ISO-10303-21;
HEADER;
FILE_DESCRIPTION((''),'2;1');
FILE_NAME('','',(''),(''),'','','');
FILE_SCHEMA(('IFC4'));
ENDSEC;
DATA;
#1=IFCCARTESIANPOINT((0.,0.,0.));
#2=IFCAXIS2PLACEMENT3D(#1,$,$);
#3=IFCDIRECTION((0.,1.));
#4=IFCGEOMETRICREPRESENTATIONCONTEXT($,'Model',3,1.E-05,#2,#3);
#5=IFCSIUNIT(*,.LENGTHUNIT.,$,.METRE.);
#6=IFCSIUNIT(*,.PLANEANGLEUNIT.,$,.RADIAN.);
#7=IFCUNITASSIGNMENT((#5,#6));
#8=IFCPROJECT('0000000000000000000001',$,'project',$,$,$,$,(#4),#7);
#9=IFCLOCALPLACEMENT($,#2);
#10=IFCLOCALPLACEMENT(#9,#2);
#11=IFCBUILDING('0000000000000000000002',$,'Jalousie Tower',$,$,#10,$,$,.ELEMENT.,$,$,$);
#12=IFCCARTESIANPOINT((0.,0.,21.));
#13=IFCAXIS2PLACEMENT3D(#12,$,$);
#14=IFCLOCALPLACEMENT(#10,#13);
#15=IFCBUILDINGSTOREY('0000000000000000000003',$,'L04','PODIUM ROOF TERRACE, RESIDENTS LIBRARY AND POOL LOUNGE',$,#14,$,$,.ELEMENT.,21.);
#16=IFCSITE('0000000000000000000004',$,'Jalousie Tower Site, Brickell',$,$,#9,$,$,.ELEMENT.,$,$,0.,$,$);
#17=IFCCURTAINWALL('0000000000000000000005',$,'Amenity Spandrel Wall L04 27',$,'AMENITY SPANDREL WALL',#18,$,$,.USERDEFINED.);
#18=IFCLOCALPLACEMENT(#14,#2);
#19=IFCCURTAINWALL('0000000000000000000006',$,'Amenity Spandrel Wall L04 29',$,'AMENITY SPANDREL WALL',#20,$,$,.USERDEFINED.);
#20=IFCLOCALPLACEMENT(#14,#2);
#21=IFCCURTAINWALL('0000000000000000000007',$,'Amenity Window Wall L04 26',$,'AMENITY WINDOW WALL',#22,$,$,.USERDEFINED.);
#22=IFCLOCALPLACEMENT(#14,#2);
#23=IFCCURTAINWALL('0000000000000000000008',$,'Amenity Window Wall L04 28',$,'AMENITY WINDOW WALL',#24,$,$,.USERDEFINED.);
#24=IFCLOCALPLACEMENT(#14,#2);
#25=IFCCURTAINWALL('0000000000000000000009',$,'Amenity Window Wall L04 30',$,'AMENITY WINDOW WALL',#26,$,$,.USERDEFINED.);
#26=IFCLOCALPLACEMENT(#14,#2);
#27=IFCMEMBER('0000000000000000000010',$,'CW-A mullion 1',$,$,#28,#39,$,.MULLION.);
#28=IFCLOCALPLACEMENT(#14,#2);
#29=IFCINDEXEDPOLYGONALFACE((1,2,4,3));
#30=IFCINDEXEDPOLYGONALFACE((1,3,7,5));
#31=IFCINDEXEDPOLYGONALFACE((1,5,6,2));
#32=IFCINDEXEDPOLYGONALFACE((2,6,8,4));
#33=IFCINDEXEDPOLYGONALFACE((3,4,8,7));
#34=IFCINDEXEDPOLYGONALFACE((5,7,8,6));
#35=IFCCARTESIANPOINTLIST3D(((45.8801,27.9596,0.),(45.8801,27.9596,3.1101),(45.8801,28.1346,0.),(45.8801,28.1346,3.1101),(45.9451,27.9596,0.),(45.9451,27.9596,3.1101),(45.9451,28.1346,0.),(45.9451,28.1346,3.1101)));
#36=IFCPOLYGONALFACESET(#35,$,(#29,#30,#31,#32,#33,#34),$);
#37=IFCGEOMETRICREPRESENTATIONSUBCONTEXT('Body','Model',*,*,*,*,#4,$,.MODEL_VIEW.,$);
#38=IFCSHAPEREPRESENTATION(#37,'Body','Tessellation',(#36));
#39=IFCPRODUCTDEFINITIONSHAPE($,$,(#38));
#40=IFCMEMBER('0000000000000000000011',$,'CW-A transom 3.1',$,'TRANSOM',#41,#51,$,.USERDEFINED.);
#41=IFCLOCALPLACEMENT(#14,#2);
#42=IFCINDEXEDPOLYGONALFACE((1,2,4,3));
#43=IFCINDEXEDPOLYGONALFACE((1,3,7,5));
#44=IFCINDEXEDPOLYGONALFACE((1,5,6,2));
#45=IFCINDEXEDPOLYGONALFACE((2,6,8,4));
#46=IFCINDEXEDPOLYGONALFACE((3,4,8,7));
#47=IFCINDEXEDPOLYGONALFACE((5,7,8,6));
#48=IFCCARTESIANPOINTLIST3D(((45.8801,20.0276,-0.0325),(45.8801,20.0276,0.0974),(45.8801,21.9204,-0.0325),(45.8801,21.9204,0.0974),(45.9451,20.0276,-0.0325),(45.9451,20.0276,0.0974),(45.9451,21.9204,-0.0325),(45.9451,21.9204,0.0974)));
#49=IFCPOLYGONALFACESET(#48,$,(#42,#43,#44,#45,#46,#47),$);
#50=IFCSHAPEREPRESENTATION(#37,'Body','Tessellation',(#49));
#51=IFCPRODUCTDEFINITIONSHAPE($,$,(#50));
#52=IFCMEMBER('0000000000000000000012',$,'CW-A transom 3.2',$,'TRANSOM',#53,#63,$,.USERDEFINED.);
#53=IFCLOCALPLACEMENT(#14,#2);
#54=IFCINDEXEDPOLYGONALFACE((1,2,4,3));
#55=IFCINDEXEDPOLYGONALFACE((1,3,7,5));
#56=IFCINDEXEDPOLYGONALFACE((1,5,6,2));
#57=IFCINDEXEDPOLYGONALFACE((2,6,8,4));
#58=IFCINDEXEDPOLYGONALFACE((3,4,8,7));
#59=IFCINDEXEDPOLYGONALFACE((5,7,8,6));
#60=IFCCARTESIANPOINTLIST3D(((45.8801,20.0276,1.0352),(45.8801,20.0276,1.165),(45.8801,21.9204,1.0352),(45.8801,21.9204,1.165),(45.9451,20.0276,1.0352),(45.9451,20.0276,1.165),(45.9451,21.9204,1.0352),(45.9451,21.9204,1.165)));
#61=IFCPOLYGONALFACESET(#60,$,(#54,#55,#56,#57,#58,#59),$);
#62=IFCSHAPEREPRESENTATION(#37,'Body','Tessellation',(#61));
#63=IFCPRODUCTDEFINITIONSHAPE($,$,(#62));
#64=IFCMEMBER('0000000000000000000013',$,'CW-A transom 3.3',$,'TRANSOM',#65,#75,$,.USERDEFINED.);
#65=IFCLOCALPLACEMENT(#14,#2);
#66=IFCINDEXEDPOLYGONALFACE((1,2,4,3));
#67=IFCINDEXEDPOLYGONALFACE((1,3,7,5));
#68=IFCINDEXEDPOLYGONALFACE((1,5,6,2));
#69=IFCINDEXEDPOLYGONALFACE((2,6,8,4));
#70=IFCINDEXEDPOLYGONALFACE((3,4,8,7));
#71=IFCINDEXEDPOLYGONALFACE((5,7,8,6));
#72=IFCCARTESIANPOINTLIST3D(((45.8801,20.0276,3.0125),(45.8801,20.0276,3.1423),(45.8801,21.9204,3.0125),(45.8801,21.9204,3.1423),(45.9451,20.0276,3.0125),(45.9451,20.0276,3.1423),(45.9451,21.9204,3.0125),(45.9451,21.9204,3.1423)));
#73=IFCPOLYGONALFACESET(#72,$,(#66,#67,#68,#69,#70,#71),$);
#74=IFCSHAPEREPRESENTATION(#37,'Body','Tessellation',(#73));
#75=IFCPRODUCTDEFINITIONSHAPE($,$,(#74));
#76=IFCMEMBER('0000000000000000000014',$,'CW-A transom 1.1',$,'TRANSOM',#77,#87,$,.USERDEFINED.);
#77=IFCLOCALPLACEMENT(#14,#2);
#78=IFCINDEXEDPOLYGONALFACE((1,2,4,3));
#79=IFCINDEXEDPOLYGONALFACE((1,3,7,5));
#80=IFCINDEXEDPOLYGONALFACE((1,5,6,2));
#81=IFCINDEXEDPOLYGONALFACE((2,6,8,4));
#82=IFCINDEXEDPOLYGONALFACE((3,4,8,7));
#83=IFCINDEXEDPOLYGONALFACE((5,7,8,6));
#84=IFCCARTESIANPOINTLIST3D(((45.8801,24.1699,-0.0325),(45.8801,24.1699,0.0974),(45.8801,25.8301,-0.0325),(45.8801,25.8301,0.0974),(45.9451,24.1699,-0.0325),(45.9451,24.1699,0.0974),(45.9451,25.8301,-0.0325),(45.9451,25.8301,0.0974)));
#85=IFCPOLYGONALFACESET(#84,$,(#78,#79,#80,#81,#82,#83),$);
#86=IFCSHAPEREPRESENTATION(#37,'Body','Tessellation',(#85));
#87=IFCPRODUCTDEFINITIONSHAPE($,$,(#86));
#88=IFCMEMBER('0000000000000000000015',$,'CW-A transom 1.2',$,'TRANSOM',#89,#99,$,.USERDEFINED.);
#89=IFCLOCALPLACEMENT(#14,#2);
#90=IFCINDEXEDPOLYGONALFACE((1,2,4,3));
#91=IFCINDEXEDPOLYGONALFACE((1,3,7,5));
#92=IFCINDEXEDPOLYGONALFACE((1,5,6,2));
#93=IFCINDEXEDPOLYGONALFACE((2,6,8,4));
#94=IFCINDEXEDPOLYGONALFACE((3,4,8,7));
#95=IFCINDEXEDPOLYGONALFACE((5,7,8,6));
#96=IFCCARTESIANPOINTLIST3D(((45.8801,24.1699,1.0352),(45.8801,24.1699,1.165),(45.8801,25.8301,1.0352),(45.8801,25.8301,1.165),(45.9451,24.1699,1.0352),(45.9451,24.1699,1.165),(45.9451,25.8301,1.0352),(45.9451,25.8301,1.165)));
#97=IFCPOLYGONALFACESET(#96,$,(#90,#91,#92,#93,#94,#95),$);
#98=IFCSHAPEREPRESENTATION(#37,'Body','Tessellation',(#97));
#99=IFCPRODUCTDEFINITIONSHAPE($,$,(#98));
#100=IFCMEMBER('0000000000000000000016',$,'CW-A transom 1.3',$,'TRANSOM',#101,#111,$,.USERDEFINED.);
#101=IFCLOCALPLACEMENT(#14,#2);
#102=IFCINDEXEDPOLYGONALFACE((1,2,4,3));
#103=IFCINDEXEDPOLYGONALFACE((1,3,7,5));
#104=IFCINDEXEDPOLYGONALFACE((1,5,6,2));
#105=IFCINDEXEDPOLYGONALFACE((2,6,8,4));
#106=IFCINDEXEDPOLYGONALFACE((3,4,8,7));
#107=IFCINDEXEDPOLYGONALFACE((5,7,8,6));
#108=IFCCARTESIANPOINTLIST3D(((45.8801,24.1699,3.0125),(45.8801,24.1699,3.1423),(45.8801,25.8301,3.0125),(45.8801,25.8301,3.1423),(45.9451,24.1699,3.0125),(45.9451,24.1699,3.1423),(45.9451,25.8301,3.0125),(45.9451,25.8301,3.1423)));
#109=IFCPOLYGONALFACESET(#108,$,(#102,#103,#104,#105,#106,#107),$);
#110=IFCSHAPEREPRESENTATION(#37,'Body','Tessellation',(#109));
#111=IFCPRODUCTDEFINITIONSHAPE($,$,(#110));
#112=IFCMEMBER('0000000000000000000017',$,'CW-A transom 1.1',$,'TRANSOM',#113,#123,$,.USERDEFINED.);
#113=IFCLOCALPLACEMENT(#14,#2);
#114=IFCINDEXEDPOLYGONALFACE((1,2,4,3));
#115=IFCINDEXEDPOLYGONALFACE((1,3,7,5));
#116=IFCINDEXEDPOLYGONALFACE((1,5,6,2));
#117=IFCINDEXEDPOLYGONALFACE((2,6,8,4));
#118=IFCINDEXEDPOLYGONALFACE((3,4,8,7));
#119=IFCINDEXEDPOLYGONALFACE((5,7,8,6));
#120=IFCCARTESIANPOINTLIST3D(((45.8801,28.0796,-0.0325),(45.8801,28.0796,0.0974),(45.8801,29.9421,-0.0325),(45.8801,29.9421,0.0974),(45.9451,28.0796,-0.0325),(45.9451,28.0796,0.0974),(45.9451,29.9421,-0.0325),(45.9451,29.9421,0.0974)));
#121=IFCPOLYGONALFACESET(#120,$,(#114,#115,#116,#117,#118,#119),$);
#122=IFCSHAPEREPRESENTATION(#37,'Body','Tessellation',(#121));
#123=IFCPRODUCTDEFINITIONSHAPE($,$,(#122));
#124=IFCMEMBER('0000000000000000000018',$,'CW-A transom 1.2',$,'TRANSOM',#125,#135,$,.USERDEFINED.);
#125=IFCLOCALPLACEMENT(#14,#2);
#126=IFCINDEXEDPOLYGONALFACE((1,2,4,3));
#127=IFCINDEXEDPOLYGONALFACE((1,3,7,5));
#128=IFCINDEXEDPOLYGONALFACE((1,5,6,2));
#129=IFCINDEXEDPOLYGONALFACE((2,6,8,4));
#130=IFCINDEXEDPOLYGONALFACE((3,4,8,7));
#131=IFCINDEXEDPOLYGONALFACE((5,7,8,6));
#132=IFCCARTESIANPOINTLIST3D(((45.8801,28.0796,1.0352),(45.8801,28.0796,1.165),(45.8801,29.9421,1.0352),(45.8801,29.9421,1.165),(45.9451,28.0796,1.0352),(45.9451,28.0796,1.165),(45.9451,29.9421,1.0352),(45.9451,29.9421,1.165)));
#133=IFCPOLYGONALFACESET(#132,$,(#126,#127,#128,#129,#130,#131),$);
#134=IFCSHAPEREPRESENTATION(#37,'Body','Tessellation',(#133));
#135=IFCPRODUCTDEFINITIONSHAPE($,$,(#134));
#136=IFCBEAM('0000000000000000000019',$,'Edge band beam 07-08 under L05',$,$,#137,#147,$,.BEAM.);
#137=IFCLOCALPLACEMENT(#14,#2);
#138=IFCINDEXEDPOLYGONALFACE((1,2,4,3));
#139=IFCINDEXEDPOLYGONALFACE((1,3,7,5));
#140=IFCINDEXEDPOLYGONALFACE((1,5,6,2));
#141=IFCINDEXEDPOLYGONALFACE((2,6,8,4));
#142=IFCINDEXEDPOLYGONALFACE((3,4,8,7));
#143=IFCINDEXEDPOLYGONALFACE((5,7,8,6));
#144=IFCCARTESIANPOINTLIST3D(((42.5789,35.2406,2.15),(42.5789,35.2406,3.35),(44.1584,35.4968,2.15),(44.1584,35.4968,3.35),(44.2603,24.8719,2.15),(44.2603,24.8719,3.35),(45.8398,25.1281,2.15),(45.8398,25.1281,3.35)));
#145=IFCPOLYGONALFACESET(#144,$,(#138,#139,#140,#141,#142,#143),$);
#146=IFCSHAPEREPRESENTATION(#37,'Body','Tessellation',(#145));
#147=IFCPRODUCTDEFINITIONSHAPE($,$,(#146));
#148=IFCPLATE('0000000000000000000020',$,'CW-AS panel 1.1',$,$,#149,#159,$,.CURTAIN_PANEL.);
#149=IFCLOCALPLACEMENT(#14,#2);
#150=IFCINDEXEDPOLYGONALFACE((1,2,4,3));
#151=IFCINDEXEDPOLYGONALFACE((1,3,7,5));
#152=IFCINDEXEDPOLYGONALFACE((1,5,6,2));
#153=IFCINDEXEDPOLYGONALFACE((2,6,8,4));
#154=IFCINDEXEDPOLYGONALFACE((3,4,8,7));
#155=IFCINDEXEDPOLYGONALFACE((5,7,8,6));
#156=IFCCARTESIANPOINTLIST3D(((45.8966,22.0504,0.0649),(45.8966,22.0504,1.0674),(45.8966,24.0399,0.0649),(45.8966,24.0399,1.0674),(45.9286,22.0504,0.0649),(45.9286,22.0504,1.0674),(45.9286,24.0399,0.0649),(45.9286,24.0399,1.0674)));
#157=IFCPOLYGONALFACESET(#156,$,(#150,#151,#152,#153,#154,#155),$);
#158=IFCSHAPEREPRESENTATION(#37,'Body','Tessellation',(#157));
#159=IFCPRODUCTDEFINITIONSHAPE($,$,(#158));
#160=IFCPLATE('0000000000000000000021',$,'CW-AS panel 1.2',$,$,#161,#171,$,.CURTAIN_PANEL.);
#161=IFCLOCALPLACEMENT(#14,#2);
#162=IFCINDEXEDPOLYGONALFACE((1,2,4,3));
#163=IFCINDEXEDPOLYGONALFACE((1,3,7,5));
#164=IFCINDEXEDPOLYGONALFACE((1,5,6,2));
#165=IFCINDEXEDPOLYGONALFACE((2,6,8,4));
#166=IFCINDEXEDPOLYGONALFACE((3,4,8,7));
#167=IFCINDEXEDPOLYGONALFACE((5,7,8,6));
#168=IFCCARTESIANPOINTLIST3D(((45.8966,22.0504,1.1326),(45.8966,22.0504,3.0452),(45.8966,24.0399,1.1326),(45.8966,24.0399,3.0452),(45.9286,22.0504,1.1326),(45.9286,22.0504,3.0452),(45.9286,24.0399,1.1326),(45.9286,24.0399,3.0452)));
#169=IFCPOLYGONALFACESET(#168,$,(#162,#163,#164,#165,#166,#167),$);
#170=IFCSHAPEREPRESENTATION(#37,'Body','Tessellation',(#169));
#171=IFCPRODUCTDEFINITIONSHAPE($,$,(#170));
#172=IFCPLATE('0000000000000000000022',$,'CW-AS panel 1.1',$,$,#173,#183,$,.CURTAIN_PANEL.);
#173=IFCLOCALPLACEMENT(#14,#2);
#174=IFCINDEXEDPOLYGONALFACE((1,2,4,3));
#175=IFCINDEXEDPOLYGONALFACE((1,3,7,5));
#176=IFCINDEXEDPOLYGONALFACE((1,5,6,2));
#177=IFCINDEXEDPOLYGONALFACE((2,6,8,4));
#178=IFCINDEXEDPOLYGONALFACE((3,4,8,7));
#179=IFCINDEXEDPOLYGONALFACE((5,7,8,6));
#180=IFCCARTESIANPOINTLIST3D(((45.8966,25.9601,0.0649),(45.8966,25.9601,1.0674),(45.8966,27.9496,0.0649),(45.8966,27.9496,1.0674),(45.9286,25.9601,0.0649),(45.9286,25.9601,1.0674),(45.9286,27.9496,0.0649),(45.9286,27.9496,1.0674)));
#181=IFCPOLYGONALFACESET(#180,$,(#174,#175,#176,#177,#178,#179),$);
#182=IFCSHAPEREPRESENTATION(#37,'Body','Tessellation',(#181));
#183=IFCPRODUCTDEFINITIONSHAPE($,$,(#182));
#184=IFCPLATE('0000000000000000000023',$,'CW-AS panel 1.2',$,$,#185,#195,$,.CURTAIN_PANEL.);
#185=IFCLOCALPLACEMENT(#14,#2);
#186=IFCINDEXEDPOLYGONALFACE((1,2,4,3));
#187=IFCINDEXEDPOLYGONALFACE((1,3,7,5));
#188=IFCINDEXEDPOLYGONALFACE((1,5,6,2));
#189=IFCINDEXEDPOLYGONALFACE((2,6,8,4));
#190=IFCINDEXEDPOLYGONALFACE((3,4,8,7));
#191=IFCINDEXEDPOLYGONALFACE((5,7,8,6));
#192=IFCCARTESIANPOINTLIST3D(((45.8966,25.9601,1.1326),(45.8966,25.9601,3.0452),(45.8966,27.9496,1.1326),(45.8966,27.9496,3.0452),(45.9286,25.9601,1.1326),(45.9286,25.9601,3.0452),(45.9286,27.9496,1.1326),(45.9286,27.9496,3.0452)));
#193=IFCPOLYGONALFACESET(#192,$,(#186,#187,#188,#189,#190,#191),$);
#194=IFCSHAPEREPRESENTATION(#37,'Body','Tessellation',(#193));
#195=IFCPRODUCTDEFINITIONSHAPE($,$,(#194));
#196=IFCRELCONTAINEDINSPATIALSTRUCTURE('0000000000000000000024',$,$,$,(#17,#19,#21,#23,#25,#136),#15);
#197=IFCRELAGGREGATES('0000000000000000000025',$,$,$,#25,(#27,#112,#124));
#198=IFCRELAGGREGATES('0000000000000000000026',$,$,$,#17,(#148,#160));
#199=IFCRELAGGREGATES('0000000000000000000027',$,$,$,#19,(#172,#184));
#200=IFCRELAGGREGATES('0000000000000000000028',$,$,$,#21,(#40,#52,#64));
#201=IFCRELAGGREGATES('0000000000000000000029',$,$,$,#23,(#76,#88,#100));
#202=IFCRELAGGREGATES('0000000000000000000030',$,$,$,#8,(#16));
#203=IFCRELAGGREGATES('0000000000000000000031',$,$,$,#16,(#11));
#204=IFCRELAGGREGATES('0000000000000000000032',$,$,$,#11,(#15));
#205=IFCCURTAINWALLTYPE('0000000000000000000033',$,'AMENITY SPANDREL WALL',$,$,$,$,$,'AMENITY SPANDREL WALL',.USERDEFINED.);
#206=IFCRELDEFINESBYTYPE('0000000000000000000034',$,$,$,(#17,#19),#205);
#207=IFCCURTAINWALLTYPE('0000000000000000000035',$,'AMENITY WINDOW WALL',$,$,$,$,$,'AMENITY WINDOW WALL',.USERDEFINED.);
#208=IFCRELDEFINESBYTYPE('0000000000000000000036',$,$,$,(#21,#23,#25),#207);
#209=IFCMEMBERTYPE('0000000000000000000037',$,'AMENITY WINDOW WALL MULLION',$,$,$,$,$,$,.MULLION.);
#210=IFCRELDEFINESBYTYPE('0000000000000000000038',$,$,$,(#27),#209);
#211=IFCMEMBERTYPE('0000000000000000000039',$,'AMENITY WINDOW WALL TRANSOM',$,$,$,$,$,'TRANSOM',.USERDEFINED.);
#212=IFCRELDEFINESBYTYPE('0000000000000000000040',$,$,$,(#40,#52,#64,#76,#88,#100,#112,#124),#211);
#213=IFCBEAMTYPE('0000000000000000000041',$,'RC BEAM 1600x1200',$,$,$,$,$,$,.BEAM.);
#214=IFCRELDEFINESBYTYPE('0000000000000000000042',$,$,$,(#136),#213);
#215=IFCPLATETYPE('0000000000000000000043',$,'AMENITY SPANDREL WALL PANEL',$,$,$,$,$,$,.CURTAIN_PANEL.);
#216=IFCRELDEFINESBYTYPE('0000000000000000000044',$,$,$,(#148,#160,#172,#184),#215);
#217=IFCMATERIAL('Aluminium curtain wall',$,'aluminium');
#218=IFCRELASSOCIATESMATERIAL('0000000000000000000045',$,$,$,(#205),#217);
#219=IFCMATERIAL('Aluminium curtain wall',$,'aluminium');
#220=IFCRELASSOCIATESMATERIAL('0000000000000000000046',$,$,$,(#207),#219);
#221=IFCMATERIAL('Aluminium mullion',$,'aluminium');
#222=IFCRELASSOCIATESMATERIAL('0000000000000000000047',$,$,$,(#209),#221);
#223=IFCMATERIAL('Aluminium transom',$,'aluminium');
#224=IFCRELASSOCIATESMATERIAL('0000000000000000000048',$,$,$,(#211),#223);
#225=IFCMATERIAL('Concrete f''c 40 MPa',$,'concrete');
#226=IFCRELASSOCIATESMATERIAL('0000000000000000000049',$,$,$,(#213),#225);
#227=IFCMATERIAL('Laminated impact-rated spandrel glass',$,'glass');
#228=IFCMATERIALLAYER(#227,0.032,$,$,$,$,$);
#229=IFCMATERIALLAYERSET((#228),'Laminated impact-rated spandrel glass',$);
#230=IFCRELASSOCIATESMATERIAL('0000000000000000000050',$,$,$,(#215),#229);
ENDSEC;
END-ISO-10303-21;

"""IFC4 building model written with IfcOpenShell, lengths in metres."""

from ifc_helpers import new_model, si_unit, direction, frame, origin, origin_2d, place, context, subcontext, project, spatial, rectangle, extrude, material, layer, layer_set, material_profile, profile_set, type_object, element, aggregate, save


model = new_model("IFC4")

# Units and contexts
model_context = context("Model", 3, precision=1e-05, world=origin(), true_north=direction((0.0, 1.0)))
body_context = subcontext(model_context, "Body", "Model", "MODEL_VIEW")
ifc_project = project(units=[si_unit("LENGTHUNIT", "METRE"), si_unit("PLANEANGLEUNIT", "RADIAN")], contexts=[model_context])

# Site, building, storey
site_placement = place(None, origin())
site = spatial("IfcSite", under=ifc_project, at=site_placement, Name="Jalousie Tower Site, Brickell", CompositionType="ELEMENT", RefElevation=0.0)
building_placement = place(site_placement, origin())
building = spatial("IfcBuilding", under=site, at=building_placement, Name="Jalousie Tower", CompositionType="ELEMENT")
storey_placement = place(building_placement, frame((0.0, 0.0, 21.0)))
storey = spatial("IfcBuildingStorey", under=building, at=storey_placement, Name="L04", Description="PODIUM ROOF TERRACE, RESIDENTS LIBRARY AND POOL LOUNGE", CompositionType="ELEMENT", Elevation=21.0)

# Curtain walls
ifc_material_1 = material(Name="Aluminium curtain wall", Category="aluminium")
curtain_wall_type_1 = type_object("IfcCurtainWallType", Name="AMENITY SPANDREL WALL", ElementType="AMENITY SPANDREL WALL", PredefinedType="USERDEFINED", material=ifc_material_1)
curtain_wall_1_placement = place(storey_placement, origin())
curtain_wall_1 = element("IfcCurtainWall", 1, at=curtain_wall_1_placement, inside=storey, type_object=curtain_wall_type_1, Name="Amenity Spandrel Wall L04 27", ObjectType="AMENITY SPANDREL WALL", PredefinedType="USERDEFINED")
curtain_wall_2_placement = place(storey_placement, origin())
curtain_wall_2 = element("IfcCurtainWall", 2, at=curtain_wall_2_placement, inside=storey, type_object=curtain_wall_type_1, Name="Amenity Spandrel Wall L04 29", ObjectType="AMENITY SPANDREL WALL", PredefinedType="USERDEFINED")

# Curtain walls
ifc_material_2 = material(Name="Aluminium curtain wall", Category="aluminium")
curtain_wall_type_2 = type_object("IfcCurtainWallType", Name="AMENITY WINDOW WALL", ElementType="AMENITY WINDOW WALL", PredefinedType="USERDEFINED", material=ifc_material_2)
curtain_wall_3_placement = place(storey_placement, origin())
curtain_wall_3 = element("IfcCurtainWall", 3, at=curtain_wall_3_placement, inside=storey, type_object=curtain_wall_type_2, Name="Amenity Window Wall L04 26", ObjectType="AMENITY WINDOW WALL", PredefinedType="USERDEFINED")
ifc_material_3 = material(Name="Aluminium mullion", Category="aluminium")
ifc_material_profile_1 = material_profile(ifc_material_3, rectangle(XDim=0.0649, YDim=0.175, at=origin_2d()), Name="MULLION 65x175")
ifc_profile_set_1 = profile_set([ifc_material_profile_1], Name="Aluminium mullion")
member_type_1 = type_object("IfcMemberType", Name="AMENITY WINDOW WALL MULLION", PredefinedType="MULLION", material=ifc_profile_set_1)
curtain_wall_4_placement = place(storey_placement, origin())
curtain_wall_4 = element("IfcCurtainWall", 4, at=curtain_wall_4_placement, inside=storey, type_object=curtain_wall_type_2, Name="Amenity Window Wall L04 28", ObjectType="AMENITY WINDOW WALL", PredefinedType="USERDEFINED")

# Curtain wall, member
curtain_wall_5_placement = place(storey_placement, origin())
curtain_wall_5 = element("IfcCurtainWall", 5, at=curtain_wall_5_placement, inside=storey, type_object=curtain_wall_type_2, Name="Amenity Window Wall L04 30", ObjectType="AMENITY WINDOW WALL", PredefinedType="USERDEFINED")
member_1_placement = place(storey_placement, frame((45.9126, 28.0471, 0.0), z_axis=(0.0, 0.0, 1.0), x_axis=(-1.0, 0.0, 0.0)))
member_1 = element("IfcMember", 6, at=member_1_placement, type_object=member_type_1, Name="CW-A mullion 1", PredefinedType="MULLION", context=body_context, shape_type="SweptSolid", body=[
    extrude(rectangle(XDim=0.0649, YDim=0.175, at=origin_2d()), origin(), (0.0, 0.0, 1.0), 3.1101),
])

# Members
ifc_material_4 = material(Name="Aluminium transom", Category="aluminium")
ifc_material_profile_2 = material_profile(ifc_material_4, rectangle(XDim=0.0649, YDim=0.1299, at=origin_2d()), Name="TRANSOM 65x130")
ifc_profile_set_2 = profile_set([ifc_material_profile_2], Name="Aluminium transom")
member_type_2 = type_object("IfcMemberType", Name="AMENITY WINDOW WALL TRANSOM", ElementType="TRANSOM", PredefinedType="USERDEFINED", material=ifc_profile_set_2)
member_2_placement = place(storey_placement, frame((45.9126, 20.0276, 0.0325), z_axis=(0.0, 1.0, 0.0), x_axis=(-1.0, 0.0, 0.0)))
member_2 = element("IfcMember", 7, at=member_2_placement, type_object=member_type_2, Name="CW-A transom 3.1", ObjectType="TRANSOM", PredefinedType="USERDEFINED", context=body_context, shape_type="SweptSolid", body=[
    extrude(rectangle(XDim=0.0649, YDim=0.1299, at=origin_2d()), origin(), (0.0, 0.0, 1.0), 1.8928),
])
member_3_placement = place(storey_placement, frame((45.9126, 20.0276, 1.1001), z_axis=(0.0, 1.0, 0.0), x_axis=(-1.0, 0.0, 0.0)))
member_3 = element("IfcMember", 8, at=member_3_placement, type_object=member_type_2, Name="CW-A transom 3.2", ObjectType="TRANSOM", PredefinedType="USERDEFINED", context=body_context, shape_type="SweptSolid", body=[
    extrude(rectangle(XDim=0.0649, YDim=0.1299, at=origin_2d()), origin(), (0.0, 0.0, 1.0), 1.8928),
])
member_4_placement = place(storey_placement, frame((45.9126, 20.0276, 3.0774), z_axis=(0.0, 1.0, 0.0), x_axis=(-1.0, 0.0, 0.0)))
member_4 = element("IfcMember", 9, at=member_4_placement, type_object=member_type_2, Name="CW-A transom 3.3", ObjectType="TRANSOM", PredefinedType="USERDEFINED", context=body_context, shape_type="SweptSolid", body=[
    extrude(rectangle(XDim=0.0649, YDim=0.1299, at=origin_2d()), origin(), (0.0, 0.0, 1.0), 1.8928),
])
member_5_placement = place(storey_placement, frame((45.9126, 24.1699, 0.0325), z_axis=(0.0, 1.0, 0.0), x_axis=(-1.0, 0.0, 0.0)))
member_5 = element("IfcMember", 10, at=member_5_placement, type_object=member_type_2, Name="CW-A transom 1.1", ObjectType="TRANSOM", PredefinedType="USERDEFINED", context=body_context, shape_type="SweptSolid", body=[
    extrude(rectangle(XDim=0.0649, YDim=0.1299, at=origin_2d()), origin(), (0.0, 0.0, 1.0), 1.6602),
])
member_6_placement = place(storey_placement, frame((45.9126, 24.1699, 1.1001), z_axis=(0.0, 1.0, 0.0), x_axis=(-1.0, 0.0, 0.0)))
member_6 = element("IfcMember", 11, at=member_6_placement, type_object=member_type_2, Name="CW-A transom 1.2", ObjectType="TRANSOM", PredefinedType="USERDEFINED", context=body_context, shape_type="SweptSolid", body=[
    extrude(rectangle(XDim=0.0649, YDim=0.1299, at=origin_2d()), origin(), (0.0, 0.0, 1.0), 1.6602),
])
member_7_placement = place(storey_placement, frame((45.9126, 24.1699, 3.0774), z_axis=(0.0, 1.0, 0.0), x_axis=(-1.0, 0.0, 0.0)))
member_7 = element("IfcMember", 12, at=member_7_placement, type_object=member_type_2, Name="CW-A transom 1.3", ObjectType="TRANSOM", PredefinedType="USERDEFINED", context=body_context, shape_type="SweptSolid", body=[
    extrude(rectangle(XDim=0.0649, YDim=0.1299, at=origin_2d()), origin(), (0.0, 0.0, 1.0), 1.6602),
])
member_8_placement = place(storey_placement, frame((45.9126, 28.0796, 0.0325), z_axis=(0.0, 1.0, 0.0), x_axis=(-1.0, 0.0, 0.0)))
member_8 = element("IfcMember", 13, at=member_8_placement, type_object=member_type_2, Name="CW-A transom 1.1", ObjectType="TRANSOM", PredefinedType="USERDEFINED", context=body_context, shape_type="SweptSolid", body=[
    extrude(rectangle(XDim=0.0649, YDim=0.1299, at=origin_2d()), origin(), (0.0, 0.0, 1.0), 1.8625),
])
member_9_placement = place(storey_placement, frame((45.9126, 28.0796, 1.1001), z_axis=(0.0, 1.0, 0.0), x_axis=(-1.0, 0.0, 0.0)))
member_9 = element("IfcMember", 14, at=member_9_placement, type_object=member_type_2, Name="CW-A transom 1.2", ObjectType="TRANSOM", PredefinedType="USERDEFINED", context=body_context, shape_type="SweptSolid", body=[
    extrude(rectangle(XDim=0.0649, YDim=0.1299, at=origin_2d()), origin(), (0.0, 0.0, 1.0), 1.8625),
])
aggregate(curtain_wall_5, [member_1, member_8, member_9])

# Beam
ifc_material_5 = material(Name="Concrete f'c 40 MPa", Category="concrete")
ifc_material_profile_3 = material_profile(ifc_material_5, rectangle(XDim=1.6001, YDim=1.2, at=origin_2d()), Name="RC 1600x1200")
ifc_profile_set_3 = profile_set([ifc_material_profile_3], Name="Concrete f'c 40 MPa")
beam_type = type_object("IfcBeamType", Name="RC BEAM 1600x1200", PredefinedType="BEAM", material=ifc_profile_set_3)
beam_placement = place(storey_placement, frame((45.05, 25.0, 2.75), z_axis=(-0.160071, 0.987106, 0.0), x_axis=(-0.987106, -0.160071, 0.0)))
element("IfcBeam", 15, at=beam_placement, inside=storey, type_object=beam_type, Name="Edge band beam 07-08 under L05", PredefinedType="BEAM", context=body_context, shape_type="SweptSolid", body=[
    extrude(rectangle(XDim=1.6001, YDim=1.2, at=origin_2d()), origin(), (0.0, 0.0, 1.0), 10.5042),
])

# Plates
ifc_material_6 = material(Name="Laminated impact-rated spandrel glass", Category="glass")
ifc_layer_1 = layer(ifc_material_6, 0.032)
ifc_layer_set_1 = layer_set([ifc_layer_1], Name="Laminated impact-rated spandrel glass")
plate_type_1 = type_object("IfcPlateType", Name="AMENITY SPANDREL WALL PANEL", PredefinedType="CURTAIN_PANEL", material=ifc_layer_set_1)
plate_1_placement = place(storey_placement, frame((45.9126, 23.0452, 0.0649), z_axis=(0.0, 0.0, 1.0), x_axis=(0.0, 1.0, 0.0)))
plate_1 = element("IfcPlate", 16, at=plate_1_placement, type_object=plate_type_1, Name="CW-AS panel 1.1", PredefinedType="CURTAIN_PANEL", context=body_context, shape_type="SweptSolid", body=[
    extrude(rectangle(XDim=1.9895, YDim=0.032, at=origin_2d()), origin(), (0.0, 0.0, 1.0), 1.0024),
])
plate_2_placement = place(storey_placement, frame((45.9126, 23.0452, 1.1326), z_axis=(0.0, 0.0, 1.0), x_axis=(0.0, 1.0, 0.0)))
plate_2 = element("IfcPlate", 17, at=plate_2_placement, type_object=plate_type_1, Name="CW-AS panel 1.2", PredefinedType="CURTAIN_PANEL", context=body_context, shape_type="SweptSolid", body=[
    extrude(rectangle(XDim=1.9895, YDim=0.032, at=origin_2d()), origin(), (0.0, 0.0, 1.0), 1.9126),
])
aggregate(curtain_wall_1, [plate_1, plate_2])
plate_3_placement = place(storey_placement, frame((45.9126, 26.9548, 0.0649), z_axis=(0.0, 0.0, 1.0), x_axis=(0.0, 1.0, 0.0)))
plate_3 = element("IfcPlate", 18, at=plate_3_placement, type_object=plate_type_1, Name="CW-AS panel 1.1", PredefinedType="CURTAIN_PANEL", context=body_context, shape_type="SweptSolid", body=[
    extrude(rectangle(XDim=1.9895, YDim=0.032, at=origin_2d()), origin(), (0.0, 0.0, 1.0), 1.0024),
])
plate_4_placement = place(storey_placement, frame((45.9126, 26.9548, 1.1326), z_axis=(0.0, 0.0, 1.0), x_axis=(0.0, 1.0, 0.0)))
plate_4 = element("IfcPlate", 19, at=plate_4_placement, type_object=plate_type_1, Name="CW-AS panel 1.2", PredefinedType="CURTAIN_PANEL", context=body_context, shape_type="SweptSolid", body=[
    extrude(rectangle(XDim=1.9895, YDim=0.032, at=origin_2d()), origin(), (0.0, 0.0, 1.0), 1.9126),
])
aggregate(curtain_wall_2, [plate_3, plate_4])
aggregate(curtain_wall_3, [member_2, member_3, member_4])
aggregate(curtain_wall_4, [member_5, member_6, member_7])

save(model, "model.ifc")
